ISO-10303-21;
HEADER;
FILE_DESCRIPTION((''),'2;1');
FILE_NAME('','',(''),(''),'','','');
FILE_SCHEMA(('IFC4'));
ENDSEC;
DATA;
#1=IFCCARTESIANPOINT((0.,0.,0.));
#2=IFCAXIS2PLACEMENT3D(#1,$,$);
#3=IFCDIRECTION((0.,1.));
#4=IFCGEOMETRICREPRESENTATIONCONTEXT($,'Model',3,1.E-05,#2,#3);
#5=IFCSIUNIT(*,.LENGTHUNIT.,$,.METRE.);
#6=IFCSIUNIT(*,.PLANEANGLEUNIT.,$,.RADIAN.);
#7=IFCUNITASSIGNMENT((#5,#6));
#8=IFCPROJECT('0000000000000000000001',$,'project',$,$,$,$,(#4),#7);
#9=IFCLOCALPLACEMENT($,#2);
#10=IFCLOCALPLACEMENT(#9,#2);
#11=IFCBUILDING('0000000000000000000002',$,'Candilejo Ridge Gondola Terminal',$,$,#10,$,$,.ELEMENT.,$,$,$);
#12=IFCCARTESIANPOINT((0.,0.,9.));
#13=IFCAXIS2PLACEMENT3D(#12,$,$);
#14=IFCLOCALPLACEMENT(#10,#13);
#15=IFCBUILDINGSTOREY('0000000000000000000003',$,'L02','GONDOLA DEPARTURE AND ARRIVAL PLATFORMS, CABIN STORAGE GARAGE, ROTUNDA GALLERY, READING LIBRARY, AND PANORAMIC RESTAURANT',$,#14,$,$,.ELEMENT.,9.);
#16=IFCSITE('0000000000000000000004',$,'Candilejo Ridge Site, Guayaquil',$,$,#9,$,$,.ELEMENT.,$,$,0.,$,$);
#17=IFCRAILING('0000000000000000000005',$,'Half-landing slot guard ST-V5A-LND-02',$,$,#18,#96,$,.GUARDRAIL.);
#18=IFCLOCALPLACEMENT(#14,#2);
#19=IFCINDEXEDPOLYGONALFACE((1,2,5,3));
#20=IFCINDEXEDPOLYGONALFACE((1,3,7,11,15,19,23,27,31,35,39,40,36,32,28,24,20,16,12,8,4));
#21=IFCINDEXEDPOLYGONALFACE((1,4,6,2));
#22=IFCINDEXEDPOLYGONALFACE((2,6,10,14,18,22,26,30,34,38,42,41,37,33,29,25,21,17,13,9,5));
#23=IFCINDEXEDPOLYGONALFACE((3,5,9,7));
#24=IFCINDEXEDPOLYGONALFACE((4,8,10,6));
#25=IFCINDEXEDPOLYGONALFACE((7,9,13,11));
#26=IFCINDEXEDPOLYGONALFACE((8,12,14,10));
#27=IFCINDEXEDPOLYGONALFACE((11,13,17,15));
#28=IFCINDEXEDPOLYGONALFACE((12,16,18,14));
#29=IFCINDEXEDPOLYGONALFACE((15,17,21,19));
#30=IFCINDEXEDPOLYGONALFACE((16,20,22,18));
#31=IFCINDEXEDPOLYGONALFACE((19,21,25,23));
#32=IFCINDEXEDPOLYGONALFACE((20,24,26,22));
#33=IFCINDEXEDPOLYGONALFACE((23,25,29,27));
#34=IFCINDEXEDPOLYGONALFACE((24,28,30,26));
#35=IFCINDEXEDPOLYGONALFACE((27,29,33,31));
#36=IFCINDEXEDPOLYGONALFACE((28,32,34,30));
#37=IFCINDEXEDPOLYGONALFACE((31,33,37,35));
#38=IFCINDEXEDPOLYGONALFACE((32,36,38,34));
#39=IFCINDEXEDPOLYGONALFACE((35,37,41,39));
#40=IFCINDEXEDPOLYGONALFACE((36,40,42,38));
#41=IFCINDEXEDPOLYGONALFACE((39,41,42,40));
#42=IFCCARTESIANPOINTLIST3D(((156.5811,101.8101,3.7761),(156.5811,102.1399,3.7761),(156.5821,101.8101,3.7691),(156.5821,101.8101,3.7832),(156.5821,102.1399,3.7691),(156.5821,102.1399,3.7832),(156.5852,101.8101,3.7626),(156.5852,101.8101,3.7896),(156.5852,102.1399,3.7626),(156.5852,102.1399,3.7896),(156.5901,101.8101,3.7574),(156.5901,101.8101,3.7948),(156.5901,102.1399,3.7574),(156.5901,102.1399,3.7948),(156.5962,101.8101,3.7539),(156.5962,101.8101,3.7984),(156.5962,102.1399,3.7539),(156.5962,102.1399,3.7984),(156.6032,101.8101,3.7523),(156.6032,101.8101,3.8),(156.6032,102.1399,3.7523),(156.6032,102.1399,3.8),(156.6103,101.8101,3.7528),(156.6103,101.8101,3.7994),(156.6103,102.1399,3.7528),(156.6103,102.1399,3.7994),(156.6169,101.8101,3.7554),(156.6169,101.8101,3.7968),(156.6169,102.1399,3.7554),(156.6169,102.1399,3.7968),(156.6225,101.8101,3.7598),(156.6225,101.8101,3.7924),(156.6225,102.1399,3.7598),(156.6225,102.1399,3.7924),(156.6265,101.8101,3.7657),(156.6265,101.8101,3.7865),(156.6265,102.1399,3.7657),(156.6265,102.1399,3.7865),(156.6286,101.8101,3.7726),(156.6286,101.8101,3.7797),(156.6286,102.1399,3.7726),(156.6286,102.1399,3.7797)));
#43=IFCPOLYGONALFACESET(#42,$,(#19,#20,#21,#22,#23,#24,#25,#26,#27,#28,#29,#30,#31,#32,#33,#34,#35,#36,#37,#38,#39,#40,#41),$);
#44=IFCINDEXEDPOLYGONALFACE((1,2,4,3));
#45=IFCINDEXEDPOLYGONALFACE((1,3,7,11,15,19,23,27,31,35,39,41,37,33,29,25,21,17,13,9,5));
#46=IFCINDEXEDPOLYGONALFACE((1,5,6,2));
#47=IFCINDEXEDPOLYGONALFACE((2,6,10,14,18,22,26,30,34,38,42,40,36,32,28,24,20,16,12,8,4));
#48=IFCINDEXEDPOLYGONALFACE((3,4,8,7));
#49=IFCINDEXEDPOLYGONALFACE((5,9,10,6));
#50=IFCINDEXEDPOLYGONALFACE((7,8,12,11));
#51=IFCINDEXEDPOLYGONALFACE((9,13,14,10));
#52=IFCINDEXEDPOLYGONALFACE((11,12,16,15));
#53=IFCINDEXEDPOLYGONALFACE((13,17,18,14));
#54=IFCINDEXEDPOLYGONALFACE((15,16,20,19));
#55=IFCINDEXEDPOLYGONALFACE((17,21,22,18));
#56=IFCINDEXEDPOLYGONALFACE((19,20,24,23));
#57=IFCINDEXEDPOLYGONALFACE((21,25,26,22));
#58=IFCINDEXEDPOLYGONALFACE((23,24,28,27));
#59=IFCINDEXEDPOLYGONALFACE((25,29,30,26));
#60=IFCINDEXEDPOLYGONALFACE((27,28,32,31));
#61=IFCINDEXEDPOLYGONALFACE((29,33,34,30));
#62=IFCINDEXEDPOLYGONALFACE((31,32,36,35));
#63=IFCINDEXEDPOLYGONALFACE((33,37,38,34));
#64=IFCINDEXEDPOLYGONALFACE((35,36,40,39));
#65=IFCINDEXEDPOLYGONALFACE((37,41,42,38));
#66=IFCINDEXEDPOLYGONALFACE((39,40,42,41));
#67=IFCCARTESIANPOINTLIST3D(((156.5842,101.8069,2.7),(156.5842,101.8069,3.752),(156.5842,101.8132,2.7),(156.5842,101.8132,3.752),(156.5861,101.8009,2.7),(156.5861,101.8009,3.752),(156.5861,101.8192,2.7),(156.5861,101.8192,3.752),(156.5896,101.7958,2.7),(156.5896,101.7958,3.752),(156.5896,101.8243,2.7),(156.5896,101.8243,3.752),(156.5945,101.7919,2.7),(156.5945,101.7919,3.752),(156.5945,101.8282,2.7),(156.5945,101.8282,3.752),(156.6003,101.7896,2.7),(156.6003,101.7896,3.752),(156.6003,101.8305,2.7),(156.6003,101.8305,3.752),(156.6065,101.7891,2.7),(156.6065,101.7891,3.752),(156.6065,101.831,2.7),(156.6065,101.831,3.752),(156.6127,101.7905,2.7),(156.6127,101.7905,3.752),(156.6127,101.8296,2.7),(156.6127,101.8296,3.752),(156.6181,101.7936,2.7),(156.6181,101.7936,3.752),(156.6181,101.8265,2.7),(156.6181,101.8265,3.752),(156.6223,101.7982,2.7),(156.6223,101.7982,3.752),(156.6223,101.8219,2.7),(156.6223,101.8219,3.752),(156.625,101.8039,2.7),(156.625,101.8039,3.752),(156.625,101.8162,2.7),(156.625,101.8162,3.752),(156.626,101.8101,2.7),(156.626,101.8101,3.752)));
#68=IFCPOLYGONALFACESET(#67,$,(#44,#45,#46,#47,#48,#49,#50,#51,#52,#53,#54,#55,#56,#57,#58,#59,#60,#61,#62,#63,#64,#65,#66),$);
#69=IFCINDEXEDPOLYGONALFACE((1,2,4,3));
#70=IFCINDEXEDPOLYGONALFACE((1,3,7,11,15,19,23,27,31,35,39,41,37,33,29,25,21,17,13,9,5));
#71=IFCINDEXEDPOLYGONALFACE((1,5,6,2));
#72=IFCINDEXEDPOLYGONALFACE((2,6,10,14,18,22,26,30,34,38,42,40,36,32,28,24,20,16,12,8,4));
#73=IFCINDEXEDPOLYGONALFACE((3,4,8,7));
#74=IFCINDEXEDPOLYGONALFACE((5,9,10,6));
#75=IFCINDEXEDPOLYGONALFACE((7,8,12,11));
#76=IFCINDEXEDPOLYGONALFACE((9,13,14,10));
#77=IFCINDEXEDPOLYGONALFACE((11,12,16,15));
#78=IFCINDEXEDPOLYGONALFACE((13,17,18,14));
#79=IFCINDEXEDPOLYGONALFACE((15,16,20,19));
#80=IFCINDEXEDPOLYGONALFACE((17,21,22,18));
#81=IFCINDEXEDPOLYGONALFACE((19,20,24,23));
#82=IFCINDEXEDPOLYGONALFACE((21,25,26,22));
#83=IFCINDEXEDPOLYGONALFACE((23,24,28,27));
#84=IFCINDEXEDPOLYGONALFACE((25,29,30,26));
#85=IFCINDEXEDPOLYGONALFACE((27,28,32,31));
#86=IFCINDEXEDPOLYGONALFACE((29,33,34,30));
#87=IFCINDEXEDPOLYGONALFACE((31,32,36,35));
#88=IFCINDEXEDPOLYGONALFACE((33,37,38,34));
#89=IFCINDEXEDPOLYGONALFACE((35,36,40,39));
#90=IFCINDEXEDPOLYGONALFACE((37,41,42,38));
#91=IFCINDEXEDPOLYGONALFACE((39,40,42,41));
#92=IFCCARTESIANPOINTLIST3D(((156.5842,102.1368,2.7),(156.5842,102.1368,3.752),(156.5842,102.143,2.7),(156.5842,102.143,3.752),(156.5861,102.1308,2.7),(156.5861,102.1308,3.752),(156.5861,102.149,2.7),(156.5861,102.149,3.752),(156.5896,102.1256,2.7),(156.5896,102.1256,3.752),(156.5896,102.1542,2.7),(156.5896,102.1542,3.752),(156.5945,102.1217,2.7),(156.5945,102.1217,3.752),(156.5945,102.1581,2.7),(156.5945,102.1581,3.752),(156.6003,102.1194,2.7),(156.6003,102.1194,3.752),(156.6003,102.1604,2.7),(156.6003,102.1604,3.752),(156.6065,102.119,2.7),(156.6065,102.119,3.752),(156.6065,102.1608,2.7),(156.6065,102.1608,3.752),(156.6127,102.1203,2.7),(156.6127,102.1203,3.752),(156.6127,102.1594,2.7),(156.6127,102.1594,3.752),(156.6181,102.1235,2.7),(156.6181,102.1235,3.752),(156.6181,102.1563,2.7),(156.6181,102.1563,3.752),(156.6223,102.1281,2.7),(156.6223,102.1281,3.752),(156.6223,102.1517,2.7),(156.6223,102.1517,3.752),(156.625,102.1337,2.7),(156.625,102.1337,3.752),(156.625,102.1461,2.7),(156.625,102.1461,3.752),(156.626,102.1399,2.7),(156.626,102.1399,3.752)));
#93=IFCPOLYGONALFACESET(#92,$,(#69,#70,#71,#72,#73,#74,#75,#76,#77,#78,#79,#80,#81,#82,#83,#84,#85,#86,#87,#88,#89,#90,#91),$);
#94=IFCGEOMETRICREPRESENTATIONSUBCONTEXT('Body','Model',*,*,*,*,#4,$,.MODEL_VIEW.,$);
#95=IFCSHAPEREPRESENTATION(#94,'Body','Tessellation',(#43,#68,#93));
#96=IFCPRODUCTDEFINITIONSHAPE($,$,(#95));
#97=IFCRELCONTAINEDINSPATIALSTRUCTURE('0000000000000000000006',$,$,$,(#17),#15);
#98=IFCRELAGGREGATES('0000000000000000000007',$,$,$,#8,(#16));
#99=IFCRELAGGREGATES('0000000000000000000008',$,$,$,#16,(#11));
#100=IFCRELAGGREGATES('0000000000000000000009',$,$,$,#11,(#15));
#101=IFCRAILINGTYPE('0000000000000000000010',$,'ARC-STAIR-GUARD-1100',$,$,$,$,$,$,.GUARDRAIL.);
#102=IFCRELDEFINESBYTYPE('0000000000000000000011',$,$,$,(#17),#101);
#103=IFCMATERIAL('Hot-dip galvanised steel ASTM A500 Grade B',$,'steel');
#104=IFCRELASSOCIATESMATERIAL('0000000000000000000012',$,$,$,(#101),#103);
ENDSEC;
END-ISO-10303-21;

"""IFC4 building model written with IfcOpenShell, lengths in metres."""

from ifc_helpers import new_model, si_unit, direction, frame, origin, origin_2d, place, context, subcontext, project, spatial, circle, extrude, material, type_object, element, save


model = new_model("IFC4")

# Units and contexts
model_context = context("Model", 3, precision=1e-05, world=origin(), true_north=direction((0.0, 1.0)))
body_context = subcontext(model_context, "Body", "Model", "MODEL_VIEW")
ifc_project = project(units=[si_unit("LENGTHUNIT", "METRE"), si_unit("PLANEANGLEUNIT", "RADIAN")], contexts=[model_context])

# Site, building, storey
site_placement = place(None, origin())
site = spatial("IfcSite", under=ifc_project, at=site_placement, Name="Candilejo Ridge Site, Guayaquil", CompositionType="ELEMENT", RefElevation=0.0)
building_placement = place(site_placement, origin())
building = spatial("IfcBuilding", under=site, at=building_placement, Name="Candilejo Ridge Gondola Terminal", CompositionType="ELEMENT")
storey_placement = place(building_placement, frame((0.0, 0.0, 9.0)))
storey = spatial("IfcBuildingStorey", under=building, at=storey_placement, Name="L02", Description="GONDOLA DEPARTURE AND ARRIVAL PLATFORMS, CABIN STORAGE GARAGE, ROTUNDA GALLERY, READING LIBRARY, AND PANORAMIC RESTAURANT", CompositionType="ELEMENT", Elevation=9.0)

# Railing
ifc_material_1 = material(Name="Hot-dip galvanised steel ASTM A500 Grade B", Category="steel")
railing_type_1 = type_object("IfcRailingType", Name="ARC-STAIR-GUARD-1100", PredefinedType="GUARDRAIL", material=ifc_material_1)
railing_1_placement = place(storey_placement, frame((156.605, 101.8101, 2.7)))
element("IfcRailing", 1, at=railing_1_placement, inside=storey, type_object=railing_type_1, Name="Half-landing slot guard ST-V5A-LND-02", PredefinedType="GUARDRAIL", context=body_context, shape_type="SweptSolid", body=[
    extrude(circle(Radius=0.0239, at=origin_2d()), frame((0.0, 0.0, 1.0762), z_axis=(0.0, 1.0, 0.0), x_axis=(-1.0, 0.0, 0.0)), (0.0, 0.0, 1.0), 0.3298),
    extrude(circle(Radius=0.021, at=origin_2d()), origin(), (0.0, 0.0, 1.0), 1.052),
    extrude(circle(Radius=0.021, at=origin_2d()), frame((0.0, 0.3298, 0.0)), (0.0, 0.0, 1.0), 1.052),
])

save(model, "model.ifc")
